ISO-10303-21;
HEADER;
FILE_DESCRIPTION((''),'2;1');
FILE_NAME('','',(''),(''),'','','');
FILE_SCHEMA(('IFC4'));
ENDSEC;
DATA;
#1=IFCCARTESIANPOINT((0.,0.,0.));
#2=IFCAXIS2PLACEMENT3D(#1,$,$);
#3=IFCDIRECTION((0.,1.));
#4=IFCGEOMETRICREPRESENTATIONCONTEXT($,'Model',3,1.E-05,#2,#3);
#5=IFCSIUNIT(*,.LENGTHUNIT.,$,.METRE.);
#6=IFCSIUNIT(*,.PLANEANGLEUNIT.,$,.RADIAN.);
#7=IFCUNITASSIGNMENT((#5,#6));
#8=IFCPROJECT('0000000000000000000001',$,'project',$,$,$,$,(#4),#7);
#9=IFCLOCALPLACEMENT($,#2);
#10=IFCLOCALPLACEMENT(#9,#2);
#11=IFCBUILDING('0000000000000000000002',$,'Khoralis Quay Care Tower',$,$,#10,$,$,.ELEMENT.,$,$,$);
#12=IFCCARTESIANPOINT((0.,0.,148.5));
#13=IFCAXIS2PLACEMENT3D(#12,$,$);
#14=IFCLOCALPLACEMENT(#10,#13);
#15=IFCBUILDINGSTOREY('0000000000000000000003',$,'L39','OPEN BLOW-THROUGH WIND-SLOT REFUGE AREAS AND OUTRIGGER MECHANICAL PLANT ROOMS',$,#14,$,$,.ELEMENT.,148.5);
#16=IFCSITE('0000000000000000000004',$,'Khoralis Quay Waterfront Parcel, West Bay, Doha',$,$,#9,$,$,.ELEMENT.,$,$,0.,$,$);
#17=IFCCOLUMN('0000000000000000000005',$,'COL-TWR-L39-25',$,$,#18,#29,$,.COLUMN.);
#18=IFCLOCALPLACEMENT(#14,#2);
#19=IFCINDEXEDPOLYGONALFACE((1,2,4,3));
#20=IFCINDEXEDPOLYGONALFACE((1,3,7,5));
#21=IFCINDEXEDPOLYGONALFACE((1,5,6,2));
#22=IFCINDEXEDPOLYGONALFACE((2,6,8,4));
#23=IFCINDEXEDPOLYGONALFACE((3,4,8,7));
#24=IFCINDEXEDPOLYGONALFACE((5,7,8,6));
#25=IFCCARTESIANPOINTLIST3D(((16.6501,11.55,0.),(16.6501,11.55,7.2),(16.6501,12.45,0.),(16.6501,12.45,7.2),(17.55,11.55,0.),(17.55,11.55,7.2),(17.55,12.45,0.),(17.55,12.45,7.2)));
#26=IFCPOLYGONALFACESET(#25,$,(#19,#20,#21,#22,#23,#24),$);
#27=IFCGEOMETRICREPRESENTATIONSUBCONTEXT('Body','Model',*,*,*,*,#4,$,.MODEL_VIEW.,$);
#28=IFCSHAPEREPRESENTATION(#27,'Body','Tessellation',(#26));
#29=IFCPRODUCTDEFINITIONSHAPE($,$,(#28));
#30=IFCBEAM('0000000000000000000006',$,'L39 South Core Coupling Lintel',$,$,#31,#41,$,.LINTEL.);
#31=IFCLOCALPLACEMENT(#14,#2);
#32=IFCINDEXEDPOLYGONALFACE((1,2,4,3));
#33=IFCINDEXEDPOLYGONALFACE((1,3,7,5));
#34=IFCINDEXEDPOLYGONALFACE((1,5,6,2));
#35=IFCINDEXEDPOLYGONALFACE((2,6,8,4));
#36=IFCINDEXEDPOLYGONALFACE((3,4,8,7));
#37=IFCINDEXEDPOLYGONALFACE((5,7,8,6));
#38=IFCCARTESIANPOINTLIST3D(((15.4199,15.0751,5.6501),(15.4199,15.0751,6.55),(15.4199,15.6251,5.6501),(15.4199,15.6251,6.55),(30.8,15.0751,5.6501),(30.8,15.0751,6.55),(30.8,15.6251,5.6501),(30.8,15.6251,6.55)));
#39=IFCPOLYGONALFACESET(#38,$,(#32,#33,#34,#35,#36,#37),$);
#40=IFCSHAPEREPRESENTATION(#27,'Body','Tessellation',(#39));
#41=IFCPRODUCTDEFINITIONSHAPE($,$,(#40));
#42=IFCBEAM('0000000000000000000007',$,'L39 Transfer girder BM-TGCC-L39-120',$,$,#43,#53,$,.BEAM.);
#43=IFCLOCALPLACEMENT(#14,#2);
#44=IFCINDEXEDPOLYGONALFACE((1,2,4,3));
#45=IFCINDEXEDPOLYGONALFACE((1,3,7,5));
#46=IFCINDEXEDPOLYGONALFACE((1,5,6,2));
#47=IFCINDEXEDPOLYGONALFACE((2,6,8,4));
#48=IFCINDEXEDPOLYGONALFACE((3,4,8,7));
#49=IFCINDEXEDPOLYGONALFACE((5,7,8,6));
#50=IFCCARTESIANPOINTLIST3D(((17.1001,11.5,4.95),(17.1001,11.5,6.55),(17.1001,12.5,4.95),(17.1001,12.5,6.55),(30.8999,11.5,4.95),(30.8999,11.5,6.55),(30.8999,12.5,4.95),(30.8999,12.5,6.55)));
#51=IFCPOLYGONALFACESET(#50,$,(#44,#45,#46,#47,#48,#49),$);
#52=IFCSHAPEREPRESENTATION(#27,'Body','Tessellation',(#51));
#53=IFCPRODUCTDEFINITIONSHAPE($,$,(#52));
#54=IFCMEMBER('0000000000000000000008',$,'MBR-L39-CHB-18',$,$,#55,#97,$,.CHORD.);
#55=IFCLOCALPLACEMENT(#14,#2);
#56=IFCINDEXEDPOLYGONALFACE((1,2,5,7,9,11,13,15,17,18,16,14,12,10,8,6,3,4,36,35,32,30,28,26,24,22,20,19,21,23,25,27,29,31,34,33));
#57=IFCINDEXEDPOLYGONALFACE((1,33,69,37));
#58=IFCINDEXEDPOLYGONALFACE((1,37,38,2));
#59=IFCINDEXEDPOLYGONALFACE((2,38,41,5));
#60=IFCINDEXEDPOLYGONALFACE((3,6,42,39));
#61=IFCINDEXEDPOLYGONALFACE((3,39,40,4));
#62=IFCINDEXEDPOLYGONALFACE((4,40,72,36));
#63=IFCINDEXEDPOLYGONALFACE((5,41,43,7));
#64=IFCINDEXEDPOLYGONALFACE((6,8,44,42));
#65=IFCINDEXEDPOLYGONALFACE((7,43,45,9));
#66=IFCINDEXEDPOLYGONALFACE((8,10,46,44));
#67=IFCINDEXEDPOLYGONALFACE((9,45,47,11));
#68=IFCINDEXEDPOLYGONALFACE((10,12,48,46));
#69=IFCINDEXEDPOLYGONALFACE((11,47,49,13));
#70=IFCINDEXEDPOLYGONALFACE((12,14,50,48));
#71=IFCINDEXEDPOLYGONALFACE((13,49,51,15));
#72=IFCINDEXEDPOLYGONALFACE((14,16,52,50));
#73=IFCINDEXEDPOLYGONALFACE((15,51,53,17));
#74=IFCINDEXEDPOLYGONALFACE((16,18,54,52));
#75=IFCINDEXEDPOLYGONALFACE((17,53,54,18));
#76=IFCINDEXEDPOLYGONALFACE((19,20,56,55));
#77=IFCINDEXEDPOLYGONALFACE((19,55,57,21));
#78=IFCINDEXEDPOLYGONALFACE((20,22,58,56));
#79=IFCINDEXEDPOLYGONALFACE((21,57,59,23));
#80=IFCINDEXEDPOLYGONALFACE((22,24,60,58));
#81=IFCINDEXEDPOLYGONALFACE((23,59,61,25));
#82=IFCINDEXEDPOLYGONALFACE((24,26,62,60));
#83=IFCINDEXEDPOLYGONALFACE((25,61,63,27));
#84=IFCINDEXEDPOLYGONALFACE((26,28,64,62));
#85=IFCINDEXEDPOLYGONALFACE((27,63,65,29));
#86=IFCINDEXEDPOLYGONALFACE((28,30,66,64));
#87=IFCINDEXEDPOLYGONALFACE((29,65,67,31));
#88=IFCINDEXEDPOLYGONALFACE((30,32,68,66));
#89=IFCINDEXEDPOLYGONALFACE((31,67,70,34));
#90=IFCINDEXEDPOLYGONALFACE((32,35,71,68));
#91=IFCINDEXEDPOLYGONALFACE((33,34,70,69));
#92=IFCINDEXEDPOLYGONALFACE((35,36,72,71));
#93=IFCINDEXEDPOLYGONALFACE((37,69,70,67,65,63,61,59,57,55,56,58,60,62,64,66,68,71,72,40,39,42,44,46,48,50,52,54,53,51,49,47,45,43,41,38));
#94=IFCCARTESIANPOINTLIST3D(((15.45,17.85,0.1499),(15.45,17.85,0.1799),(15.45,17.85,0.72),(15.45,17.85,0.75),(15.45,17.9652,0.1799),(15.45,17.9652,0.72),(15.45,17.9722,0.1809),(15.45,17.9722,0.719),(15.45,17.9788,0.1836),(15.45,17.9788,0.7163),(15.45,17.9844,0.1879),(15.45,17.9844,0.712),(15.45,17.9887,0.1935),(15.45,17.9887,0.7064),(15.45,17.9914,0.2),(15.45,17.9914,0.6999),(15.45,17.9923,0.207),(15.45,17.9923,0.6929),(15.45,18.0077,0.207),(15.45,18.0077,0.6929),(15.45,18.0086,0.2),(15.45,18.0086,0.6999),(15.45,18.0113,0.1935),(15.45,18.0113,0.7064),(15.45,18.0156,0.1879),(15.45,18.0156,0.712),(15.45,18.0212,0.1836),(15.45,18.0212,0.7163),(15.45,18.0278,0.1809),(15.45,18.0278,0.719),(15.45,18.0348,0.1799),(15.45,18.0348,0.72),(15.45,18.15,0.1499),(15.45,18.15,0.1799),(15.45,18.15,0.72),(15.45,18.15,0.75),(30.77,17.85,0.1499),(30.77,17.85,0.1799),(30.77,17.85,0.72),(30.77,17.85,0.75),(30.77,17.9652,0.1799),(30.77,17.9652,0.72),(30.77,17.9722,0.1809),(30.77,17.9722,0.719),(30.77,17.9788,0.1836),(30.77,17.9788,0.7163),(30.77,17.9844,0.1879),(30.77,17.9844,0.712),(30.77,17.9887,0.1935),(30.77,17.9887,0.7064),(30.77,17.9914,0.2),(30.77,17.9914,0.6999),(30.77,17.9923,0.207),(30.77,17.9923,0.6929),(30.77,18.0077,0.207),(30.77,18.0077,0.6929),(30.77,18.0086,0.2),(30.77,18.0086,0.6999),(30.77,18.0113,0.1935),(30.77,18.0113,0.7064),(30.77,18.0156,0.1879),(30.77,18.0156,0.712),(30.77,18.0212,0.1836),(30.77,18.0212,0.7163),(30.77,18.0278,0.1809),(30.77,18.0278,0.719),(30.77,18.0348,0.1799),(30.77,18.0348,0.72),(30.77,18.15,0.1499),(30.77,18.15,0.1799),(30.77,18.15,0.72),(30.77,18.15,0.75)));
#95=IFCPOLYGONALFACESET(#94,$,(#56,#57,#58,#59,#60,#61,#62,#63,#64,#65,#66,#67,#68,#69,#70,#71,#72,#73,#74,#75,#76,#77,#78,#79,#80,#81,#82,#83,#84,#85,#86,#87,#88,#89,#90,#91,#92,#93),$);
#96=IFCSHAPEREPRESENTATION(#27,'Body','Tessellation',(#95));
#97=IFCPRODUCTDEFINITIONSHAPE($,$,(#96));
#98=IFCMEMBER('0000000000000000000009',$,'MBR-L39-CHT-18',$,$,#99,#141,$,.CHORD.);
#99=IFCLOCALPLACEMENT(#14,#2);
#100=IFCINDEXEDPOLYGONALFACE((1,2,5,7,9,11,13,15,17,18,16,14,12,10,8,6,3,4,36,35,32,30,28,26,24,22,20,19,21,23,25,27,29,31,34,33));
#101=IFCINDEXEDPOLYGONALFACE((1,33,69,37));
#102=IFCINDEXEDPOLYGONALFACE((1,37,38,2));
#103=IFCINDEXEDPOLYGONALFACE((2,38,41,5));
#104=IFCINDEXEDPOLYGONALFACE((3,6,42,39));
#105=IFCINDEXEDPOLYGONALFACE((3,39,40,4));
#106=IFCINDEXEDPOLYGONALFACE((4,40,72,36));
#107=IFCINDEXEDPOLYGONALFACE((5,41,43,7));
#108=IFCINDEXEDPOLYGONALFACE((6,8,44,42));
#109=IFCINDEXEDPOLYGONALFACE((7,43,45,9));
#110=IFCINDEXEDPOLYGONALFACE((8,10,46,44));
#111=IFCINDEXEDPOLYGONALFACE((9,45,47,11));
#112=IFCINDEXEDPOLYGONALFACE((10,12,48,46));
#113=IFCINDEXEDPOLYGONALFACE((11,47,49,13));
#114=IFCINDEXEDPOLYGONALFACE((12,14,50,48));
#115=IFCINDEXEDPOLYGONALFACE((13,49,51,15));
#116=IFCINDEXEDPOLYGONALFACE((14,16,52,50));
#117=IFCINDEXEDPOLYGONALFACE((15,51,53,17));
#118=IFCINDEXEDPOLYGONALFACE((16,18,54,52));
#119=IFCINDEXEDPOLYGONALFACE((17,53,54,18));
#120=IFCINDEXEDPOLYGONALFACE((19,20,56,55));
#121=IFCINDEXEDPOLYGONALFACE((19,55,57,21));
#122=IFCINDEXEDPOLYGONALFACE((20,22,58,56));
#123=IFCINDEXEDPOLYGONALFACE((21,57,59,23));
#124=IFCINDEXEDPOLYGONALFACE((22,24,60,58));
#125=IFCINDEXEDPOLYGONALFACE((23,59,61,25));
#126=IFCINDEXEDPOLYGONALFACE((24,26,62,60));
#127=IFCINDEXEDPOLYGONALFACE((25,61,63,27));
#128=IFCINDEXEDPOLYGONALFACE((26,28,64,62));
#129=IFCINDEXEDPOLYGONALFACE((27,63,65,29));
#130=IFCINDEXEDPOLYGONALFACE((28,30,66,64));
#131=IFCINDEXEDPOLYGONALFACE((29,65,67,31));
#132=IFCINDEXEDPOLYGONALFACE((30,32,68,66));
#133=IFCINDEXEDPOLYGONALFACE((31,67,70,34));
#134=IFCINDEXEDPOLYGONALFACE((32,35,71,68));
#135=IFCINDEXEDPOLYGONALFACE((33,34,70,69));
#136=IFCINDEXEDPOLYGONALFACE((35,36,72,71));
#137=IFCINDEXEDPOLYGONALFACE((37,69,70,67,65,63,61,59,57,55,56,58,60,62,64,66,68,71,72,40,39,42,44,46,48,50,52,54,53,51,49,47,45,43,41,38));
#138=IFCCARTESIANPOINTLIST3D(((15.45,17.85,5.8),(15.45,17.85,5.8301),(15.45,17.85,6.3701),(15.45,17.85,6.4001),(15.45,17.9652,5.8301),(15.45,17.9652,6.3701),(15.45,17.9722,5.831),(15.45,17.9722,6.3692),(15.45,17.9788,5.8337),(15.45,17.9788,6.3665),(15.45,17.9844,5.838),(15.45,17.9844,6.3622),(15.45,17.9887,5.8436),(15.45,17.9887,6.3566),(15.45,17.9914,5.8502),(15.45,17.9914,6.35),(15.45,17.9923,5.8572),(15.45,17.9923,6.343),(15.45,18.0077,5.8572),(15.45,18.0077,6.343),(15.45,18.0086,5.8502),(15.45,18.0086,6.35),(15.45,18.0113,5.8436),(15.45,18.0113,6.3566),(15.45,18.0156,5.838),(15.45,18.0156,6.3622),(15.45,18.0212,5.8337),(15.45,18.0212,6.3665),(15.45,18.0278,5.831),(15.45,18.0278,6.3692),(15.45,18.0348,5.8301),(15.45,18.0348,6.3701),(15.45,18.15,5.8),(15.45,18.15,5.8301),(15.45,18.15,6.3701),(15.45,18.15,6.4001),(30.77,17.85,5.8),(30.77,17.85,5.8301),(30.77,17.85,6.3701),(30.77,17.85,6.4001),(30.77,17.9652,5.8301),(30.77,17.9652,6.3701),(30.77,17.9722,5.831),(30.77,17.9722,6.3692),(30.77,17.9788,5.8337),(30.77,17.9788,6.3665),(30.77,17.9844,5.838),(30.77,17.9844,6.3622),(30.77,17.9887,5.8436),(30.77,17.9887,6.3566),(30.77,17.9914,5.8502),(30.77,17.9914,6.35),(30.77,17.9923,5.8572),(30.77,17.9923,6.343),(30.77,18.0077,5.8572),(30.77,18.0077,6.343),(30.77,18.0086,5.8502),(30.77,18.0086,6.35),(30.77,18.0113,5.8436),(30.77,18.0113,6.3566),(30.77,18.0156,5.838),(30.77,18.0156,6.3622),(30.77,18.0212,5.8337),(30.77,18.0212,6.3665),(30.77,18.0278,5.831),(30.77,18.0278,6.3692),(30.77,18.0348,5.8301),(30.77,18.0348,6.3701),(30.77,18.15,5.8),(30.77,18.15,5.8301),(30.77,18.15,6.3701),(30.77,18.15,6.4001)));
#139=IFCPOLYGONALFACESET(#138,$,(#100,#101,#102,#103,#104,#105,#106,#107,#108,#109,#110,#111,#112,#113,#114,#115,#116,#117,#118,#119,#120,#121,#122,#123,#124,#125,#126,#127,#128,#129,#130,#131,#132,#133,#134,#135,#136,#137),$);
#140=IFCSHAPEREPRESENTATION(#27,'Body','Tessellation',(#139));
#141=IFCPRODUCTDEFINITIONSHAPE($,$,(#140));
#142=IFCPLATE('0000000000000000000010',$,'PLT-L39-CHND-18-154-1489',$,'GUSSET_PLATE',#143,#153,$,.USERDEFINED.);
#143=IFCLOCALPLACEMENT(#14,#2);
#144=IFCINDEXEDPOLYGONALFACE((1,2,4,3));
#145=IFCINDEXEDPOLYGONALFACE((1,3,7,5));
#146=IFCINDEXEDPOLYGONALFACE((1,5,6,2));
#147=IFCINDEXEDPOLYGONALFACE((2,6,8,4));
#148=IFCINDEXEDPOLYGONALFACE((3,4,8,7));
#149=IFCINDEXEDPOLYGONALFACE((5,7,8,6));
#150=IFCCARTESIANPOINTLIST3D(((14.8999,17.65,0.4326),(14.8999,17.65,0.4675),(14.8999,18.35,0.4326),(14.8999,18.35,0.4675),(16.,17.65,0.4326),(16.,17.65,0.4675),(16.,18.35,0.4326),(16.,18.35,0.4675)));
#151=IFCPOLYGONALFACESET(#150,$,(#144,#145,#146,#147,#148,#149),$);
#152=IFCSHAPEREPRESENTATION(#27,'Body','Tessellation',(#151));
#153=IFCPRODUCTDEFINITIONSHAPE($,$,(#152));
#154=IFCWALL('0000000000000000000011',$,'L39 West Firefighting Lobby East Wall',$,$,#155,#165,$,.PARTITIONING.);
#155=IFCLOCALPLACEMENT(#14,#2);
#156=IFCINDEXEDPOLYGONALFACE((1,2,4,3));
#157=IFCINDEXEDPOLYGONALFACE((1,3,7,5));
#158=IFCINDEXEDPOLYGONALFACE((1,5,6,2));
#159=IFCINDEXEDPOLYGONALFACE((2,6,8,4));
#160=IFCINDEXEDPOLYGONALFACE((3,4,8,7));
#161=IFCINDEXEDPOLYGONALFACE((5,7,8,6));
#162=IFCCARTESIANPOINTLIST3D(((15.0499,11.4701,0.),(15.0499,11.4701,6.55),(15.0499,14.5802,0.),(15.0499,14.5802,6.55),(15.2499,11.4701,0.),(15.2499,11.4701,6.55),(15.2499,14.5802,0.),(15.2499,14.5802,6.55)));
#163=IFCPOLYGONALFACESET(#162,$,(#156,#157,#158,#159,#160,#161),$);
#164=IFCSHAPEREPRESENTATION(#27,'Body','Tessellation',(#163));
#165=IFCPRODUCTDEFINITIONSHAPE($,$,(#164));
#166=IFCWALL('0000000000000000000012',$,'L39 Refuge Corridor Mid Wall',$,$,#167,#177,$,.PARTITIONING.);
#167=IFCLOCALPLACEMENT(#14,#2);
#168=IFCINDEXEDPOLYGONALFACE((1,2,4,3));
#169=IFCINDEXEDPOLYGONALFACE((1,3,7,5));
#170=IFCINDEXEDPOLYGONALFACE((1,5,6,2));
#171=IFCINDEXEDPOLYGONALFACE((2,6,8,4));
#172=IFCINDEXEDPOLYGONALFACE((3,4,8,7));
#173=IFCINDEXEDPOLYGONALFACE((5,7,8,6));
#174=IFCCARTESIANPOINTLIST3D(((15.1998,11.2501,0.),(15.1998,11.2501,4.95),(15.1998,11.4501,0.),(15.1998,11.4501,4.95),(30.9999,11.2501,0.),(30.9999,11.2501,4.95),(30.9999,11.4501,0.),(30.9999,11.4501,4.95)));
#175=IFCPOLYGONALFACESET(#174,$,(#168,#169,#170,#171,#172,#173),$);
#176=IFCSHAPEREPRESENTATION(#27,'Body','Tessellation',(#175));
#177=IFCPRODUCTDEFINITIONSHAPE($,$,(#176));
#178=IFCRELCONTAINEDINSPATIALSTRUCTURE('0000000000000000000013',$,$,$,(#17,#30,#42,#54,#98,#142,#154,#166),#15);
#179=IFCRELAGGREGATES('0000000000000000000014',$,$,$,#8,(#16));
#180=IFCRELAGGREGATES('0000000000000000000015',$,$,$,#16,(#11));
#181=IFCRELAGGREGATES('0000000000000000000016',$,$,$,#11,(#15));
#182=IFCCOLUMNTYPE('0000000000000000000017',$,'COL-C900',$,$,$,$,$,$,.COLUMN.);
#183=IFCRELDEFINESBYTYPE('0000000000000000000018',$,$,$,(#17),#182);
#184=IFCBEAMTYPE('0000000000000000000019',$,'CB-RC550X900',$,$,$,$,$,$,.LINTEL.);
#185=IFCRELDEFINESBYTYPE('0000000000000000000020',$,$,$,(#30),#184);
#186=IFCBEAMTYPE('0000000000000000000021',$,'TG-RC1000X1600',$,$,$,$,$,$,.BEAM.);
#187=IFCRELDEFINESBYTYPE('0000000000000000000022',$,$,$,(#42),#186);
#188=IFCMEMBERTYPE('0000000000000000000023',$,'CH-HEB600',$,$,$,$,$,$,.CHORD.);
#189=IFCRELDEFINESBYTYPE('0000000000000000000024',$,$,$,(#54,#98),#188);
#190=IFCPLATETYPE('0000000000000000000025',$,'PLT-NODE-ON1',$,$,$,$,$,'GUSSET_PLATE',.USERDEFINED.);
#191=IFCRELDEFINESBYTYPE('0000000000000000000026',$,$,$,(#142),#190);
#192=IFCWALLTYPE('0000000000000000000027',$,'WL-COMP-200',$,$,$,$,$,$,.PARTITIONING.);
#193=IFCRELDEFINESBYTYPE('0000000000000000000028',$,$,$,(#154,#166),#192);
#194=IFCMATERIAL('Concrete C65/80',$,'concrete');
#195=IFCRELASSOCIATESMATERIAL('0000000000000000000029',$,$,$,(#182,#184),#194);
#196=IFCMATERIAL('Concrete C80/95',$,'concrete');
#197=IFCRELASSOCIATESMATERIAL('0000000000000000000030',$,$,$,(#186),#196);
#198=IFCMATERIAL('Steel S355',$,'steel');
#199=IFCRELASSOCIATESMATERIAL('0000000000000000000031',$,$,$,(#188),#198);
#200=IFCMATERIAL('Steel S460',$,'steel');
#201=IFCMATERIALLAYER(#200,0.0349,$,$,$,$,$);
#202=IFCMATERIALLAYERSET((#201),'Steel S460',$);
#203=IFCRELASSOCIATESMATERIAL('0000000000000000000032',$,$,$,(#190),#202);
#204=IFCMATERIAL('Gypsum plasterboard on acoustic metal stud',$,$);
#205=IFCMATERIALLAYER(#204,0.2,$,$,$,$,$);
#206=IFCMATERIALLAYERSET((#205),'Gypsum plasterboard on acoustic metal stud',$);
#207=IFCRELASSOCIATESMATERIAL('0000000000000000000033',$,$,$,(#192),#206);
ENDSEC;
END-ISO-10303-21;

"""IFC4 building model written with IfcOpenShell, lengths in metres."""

from ifc_helpers import new_model, si_unit, direction, frame, frame_2d, origin, origin_2d, place, context, subcontext, project, spatial, rectangle, i_section, extrude, source, transform, mapped, material, layer, layer_set, material_profile, profile_set, type_object, element, save


model = new_model("IFC4")

# Units and contexts
model_context = context("Model", 3, precision=1e-05, world=origin(), true_north=direction((0.0, 1.0)))
body_context = subcontext(model_context, "Body", "Model", "MODEL_VIEW")
ifc_project = project(units=[si_unit("LENGTHUNIT", "METRE"), si_unit("PLANEANGLEUNIT", "RADIAN")], contexts=[model_context])

# Site, building, storey
site_placement = place(None, origin())
site = spatial("IfcSite", under=ifc_project, at=site_placement, Name="Khoralis Quay Waterfront Parcel, West Bay, Doha", CompositionType="ELEMENT", RefElevation=0.0)
building_placement = place(site_placement, origin())
building = spatial("IfcBuilding", under=site, at=building_placement, Name="Khoralis Quay Care Tower", CompositionType="ELEMENT")
storey_placement = place(building_placement, frame((0.0, 0.0, 148.5)))
storey = spatial("IfcBuildingStorey", under=building, at=storey_placement, Name="L39", Description="OPEN BLOW-THROUGH WIND-SLOT REFUGE AREAS AND OUTRIGGER MECHANICAL PLANT ROOMS", CompositionType="ELEMENT", Elevation=148.5)

# Column
ifc_material_1 = material(Name="Concrete C65/80", Category="concrete")
ifc_material_profile_1 = material_profile(ifc_material_1, rectangle(XDim=0.8999, YDim=0.8999, at=origin_2d()), Name="Concrete C65/80")
ifc_profile_set_1 = profile_set([ifc_material_profile_1], Name="Concrete C65/80")
column_type = type_object("IfcColumnType", Name="COL-C900", PredefinedType="COLUMN", material=ifc_profile_set_1)
shared_shape_1 = source(origin(), body_context, "Body", "SweptSolid", [
    extrude(rectangle(XDim=0.8999, YDim=0.8999, at=origin_2d()), origin(), (0.0, 0.0, 1.0), 7.2),
])
column_placement = place(storey_placement, frame((17.1001, 12.0, 0.0), z_axis=(0.0, 0.0, 1.0), x_axis=(1.0, 0.0, 0.0)))
element("IfcColumn", 1, at=column_placement, inside=storey, type_object=column_type, Name="COL-TWR-L39-25", PredefinedType="COLUMN", context=body_context, shape_type="MappedRepresentation", body=[
    mapped(shared_shape_1, transform((0.0, 0.0, 0.0), scale=1.0)),
])

# Beams
ifc_material_profile_2 = material_profile(ifc_material_1, rectangle(XDim=0.55, YDim=0.8999, at=origin_2d()), Name="Concrete C65/80")
ifc_profile_set_2 = profile_set([ifc_material_profile_2], Name="Concrete C65/80")
beam_type_1 = type_object("IfcBeamType", Name="CB-RC550X900", PredefinedType="LINTEL", material=ifc_profile_set_2)
shared_shape_2 = source(origin(), body_context, "Body", "SweptSolid", [
    extrude(rectangle(XDim=0.55, YDim=0.8999, at=origin_2d()), origin(), (0.0, 0.0, 1.0), 15.3801),
])
beam_1_placement = place(storey_placement, frame((15.4199, 15.3501, 6.1001), z_axis=(1.0, 0.0, 0.0), x_axis=(0.0, 1.0, 0.0)))
element("IfcBeam", 2, at=beam_1_placement, inside=storey, type_object=beam_type_1, Name="L39 South Core Coupling Lintel", PredefinedType="LINTEL", context=body_context, shape_type="MappedRepresentation", body=[
    mapped(shared_shape_2, transform((0.0, 0.0, 0.0), scale=1.0)),
])
ifc_material_2 = material(Name="Concrete C80/95", Category="concrete")
ifc_material_profile_3 = material_profile(ifc_material_2, rectangle(XDim=1.0, YDim=1.6001, at=origin_2d()), Name="Concrete C80/95")
ifc_profile_set_3 = profile_set([ifc_material_profile_3], Name="Concrete C80/95")
beam_type_2 = type_object("IfcBeamType", Name="TG-RC1000X1600", PredefinedType="BEAM", material=ifc_profile_set_3)
shared_shape_3 = source(origin(), body_context, "Body", "SweptSolid", [
    extrude(rectangle(XDim=1.0, YDim=1.6001, at=origin_2d()), origin(), (0.0, 0.0, 1.0), 13.7998),
])
beam_2_placement = place(storey_placement, frame((17.1001, 12.0, 5.75), z_axis=(1.0, 0.0, 0.0), x_axis=(0.0, 1.0, 0.0)))
element("IfcBeam", 3, at=beam_2_placement, inside=storey, type_object=beam_type_2, Name="L39 Transfer girder BM-TGCC-L39-120", PredefinedType="BEAM", context=body_context, shape_type="MappedRepresentation", body=[
    mapped(shared_shape_3, transform((0.0, 0.0, 0.0), scale=1.0)),
])

# Members
ifc_material_3 = material(Name="Steel S355", Category="steel")
ifc_material_profile_4 = material_profile(ifc_material_3, i_section(OverallWidth=0.3, OverallDepth=0.6001, WebThickness=0.0154, FlangeThickness=0.03, FilletRadius=0.0271, at=origin_2d()), Name="Steel S355")
ifc_profile_set_4 = profile_set([ifc_material_profile_4], Name="Steel S355")
member_type = type_object("IfcMemberType", Name="CH-HEB600", PredefinedType="CHORD", material=ifc_profile_set_4)
shared_shape_4 = source(origin(), body_context, "Body", "SweptSolid", [
    extrude(i_section(OverallWidth=0.3, OverallDepth=0.6001, WebThickness=0.0154, FlangeThickness=0.03, FilletRadius=0.0271, at=origin_2d()), origin(), (0.0, 0.0, 1.0), 15.3201),
])
for number, where, z_axis, x_axis, name in (
    (4, (15.45, 18.0, 0.45), (1.0, 0.0, 0.0), (0.0, 1.0, 0.0), "MBR-L39-CHB-18"),
    (5, (15.45, 18.0, 6.1001), (1.0, 0.0, 0.0), (0.0, 1.0, 0.0), "MBR-L39-CHT-18"),
):
    element("IfcMember", number, at=place(storey_placement, frame(where, z_axis=z_axis, x_axis=x_axis)), inside=storey, type_object=member_type, Name=name, PredefinedType="CHORD", context=body_context, shape_type="MappedRepresentation", body=[
        mapped(shared_shape_4, transform((0.0, 0.0, 0.0), scale=1.0)),
    ])

# Plate
ifc_material_4 = material(Name="Steel S460", Category="steel")
ifc_layer_1 = layer(ifc_material_4, 0.0349)
ifc_layer_set_1 = layer_set([ifc_layer_1], Name="Steel S460")
plate_type = type_object("IfcPlateType", Name="PLT-NODE-ON1", ElementType="GUSSET_PLATE", PredefinedType="USERDEFINED", material=ifc_layer_set_1)
shared_shape_5 = source(origin(), body_context, "Body", "SweptSolid", [
    extrude(rectangle(XDim=1.1001, YDim=0.7, at=origin_2d()), origin(), (0.0, 0.0, 1.0), 0.0349),
])
plate_placement = place(storey_placement, frame((15.45, 18.0, 0.4326), z_axis=(0.0, 0.0, 1.0), x_axis=(1.0, 0.0, 0.0)))
element("IfcPlate", 6, at=plate_placement, inside=storey, type_object=plate_type, Name="PLT-L39-CHND-18-154-1489", ObjectType="GUSSET_PLATE", PredefinedType="USERDEFINED", context=body_context, shape_type="MappedRepresentation", body=[
    mapped(shared_shape_5, transform((0.0, 0.0, 0.0), scale=1.0)),
])

# Walls
ifc_material_5 = material(Name="Gypsum plasterboard on acoustic metal stud")
ifc_layer_2 = layer(ifc_material_5, 0.2)
ifc_layer_set_2 = layer_set([ifc_layer_2], Name="Gypsum plasterboard on acoustic metal stud")
wall_type_1 = type_object("IfcWallType", Name="WL-COMP-200", PredefinedType="PARTITIONING", material=ifc_layer_set_2)
wall_1_placement = place(storey_placement, frame((15.1499, 11.47, 0.0), z_axis=(0.0, 0.0, 1.0), x_axis=(0.0, 1.0, 0.0)))
element("IfcWall", 7, at=wall_1_placement, inside=storey, type_object=wall_type_1, Name="L39 West Firefighting Lobby East Wall", PredefinedType="PARTITIONING", context=body_context, shape_type="SweptSolid", body=[
    extrude(rectangle(XDim=3.1101, YDim=0.2, at=frame_2d((1.5552, 0.0))), origin(), (0.0, 0.0, 1.0), 6.55),
])
wall_2_placement = place(storey_placement, frame((15.2, 11.3501, 0.0), z_axis=(0.0, 0.0, 1.0), x_axis=(1.0, 0.0, 0.0)))
element("IfcWall", 8, at=wall_2_placement, inside=storey, type_object=wall_type_1, Name="L39 Refuge Corridor Mid Wall", PredefinedType="PARTITIONING", context=body_context, shape_type="SweptSolid", body=[
    extrude(rectangle(XDim=15.8, YDim=0.2, at=frame_2d((7.8999, 0.0))), origin(), (0.0, 0.0, 1.0), 4.95),
])

save(model, "model.ifc")
